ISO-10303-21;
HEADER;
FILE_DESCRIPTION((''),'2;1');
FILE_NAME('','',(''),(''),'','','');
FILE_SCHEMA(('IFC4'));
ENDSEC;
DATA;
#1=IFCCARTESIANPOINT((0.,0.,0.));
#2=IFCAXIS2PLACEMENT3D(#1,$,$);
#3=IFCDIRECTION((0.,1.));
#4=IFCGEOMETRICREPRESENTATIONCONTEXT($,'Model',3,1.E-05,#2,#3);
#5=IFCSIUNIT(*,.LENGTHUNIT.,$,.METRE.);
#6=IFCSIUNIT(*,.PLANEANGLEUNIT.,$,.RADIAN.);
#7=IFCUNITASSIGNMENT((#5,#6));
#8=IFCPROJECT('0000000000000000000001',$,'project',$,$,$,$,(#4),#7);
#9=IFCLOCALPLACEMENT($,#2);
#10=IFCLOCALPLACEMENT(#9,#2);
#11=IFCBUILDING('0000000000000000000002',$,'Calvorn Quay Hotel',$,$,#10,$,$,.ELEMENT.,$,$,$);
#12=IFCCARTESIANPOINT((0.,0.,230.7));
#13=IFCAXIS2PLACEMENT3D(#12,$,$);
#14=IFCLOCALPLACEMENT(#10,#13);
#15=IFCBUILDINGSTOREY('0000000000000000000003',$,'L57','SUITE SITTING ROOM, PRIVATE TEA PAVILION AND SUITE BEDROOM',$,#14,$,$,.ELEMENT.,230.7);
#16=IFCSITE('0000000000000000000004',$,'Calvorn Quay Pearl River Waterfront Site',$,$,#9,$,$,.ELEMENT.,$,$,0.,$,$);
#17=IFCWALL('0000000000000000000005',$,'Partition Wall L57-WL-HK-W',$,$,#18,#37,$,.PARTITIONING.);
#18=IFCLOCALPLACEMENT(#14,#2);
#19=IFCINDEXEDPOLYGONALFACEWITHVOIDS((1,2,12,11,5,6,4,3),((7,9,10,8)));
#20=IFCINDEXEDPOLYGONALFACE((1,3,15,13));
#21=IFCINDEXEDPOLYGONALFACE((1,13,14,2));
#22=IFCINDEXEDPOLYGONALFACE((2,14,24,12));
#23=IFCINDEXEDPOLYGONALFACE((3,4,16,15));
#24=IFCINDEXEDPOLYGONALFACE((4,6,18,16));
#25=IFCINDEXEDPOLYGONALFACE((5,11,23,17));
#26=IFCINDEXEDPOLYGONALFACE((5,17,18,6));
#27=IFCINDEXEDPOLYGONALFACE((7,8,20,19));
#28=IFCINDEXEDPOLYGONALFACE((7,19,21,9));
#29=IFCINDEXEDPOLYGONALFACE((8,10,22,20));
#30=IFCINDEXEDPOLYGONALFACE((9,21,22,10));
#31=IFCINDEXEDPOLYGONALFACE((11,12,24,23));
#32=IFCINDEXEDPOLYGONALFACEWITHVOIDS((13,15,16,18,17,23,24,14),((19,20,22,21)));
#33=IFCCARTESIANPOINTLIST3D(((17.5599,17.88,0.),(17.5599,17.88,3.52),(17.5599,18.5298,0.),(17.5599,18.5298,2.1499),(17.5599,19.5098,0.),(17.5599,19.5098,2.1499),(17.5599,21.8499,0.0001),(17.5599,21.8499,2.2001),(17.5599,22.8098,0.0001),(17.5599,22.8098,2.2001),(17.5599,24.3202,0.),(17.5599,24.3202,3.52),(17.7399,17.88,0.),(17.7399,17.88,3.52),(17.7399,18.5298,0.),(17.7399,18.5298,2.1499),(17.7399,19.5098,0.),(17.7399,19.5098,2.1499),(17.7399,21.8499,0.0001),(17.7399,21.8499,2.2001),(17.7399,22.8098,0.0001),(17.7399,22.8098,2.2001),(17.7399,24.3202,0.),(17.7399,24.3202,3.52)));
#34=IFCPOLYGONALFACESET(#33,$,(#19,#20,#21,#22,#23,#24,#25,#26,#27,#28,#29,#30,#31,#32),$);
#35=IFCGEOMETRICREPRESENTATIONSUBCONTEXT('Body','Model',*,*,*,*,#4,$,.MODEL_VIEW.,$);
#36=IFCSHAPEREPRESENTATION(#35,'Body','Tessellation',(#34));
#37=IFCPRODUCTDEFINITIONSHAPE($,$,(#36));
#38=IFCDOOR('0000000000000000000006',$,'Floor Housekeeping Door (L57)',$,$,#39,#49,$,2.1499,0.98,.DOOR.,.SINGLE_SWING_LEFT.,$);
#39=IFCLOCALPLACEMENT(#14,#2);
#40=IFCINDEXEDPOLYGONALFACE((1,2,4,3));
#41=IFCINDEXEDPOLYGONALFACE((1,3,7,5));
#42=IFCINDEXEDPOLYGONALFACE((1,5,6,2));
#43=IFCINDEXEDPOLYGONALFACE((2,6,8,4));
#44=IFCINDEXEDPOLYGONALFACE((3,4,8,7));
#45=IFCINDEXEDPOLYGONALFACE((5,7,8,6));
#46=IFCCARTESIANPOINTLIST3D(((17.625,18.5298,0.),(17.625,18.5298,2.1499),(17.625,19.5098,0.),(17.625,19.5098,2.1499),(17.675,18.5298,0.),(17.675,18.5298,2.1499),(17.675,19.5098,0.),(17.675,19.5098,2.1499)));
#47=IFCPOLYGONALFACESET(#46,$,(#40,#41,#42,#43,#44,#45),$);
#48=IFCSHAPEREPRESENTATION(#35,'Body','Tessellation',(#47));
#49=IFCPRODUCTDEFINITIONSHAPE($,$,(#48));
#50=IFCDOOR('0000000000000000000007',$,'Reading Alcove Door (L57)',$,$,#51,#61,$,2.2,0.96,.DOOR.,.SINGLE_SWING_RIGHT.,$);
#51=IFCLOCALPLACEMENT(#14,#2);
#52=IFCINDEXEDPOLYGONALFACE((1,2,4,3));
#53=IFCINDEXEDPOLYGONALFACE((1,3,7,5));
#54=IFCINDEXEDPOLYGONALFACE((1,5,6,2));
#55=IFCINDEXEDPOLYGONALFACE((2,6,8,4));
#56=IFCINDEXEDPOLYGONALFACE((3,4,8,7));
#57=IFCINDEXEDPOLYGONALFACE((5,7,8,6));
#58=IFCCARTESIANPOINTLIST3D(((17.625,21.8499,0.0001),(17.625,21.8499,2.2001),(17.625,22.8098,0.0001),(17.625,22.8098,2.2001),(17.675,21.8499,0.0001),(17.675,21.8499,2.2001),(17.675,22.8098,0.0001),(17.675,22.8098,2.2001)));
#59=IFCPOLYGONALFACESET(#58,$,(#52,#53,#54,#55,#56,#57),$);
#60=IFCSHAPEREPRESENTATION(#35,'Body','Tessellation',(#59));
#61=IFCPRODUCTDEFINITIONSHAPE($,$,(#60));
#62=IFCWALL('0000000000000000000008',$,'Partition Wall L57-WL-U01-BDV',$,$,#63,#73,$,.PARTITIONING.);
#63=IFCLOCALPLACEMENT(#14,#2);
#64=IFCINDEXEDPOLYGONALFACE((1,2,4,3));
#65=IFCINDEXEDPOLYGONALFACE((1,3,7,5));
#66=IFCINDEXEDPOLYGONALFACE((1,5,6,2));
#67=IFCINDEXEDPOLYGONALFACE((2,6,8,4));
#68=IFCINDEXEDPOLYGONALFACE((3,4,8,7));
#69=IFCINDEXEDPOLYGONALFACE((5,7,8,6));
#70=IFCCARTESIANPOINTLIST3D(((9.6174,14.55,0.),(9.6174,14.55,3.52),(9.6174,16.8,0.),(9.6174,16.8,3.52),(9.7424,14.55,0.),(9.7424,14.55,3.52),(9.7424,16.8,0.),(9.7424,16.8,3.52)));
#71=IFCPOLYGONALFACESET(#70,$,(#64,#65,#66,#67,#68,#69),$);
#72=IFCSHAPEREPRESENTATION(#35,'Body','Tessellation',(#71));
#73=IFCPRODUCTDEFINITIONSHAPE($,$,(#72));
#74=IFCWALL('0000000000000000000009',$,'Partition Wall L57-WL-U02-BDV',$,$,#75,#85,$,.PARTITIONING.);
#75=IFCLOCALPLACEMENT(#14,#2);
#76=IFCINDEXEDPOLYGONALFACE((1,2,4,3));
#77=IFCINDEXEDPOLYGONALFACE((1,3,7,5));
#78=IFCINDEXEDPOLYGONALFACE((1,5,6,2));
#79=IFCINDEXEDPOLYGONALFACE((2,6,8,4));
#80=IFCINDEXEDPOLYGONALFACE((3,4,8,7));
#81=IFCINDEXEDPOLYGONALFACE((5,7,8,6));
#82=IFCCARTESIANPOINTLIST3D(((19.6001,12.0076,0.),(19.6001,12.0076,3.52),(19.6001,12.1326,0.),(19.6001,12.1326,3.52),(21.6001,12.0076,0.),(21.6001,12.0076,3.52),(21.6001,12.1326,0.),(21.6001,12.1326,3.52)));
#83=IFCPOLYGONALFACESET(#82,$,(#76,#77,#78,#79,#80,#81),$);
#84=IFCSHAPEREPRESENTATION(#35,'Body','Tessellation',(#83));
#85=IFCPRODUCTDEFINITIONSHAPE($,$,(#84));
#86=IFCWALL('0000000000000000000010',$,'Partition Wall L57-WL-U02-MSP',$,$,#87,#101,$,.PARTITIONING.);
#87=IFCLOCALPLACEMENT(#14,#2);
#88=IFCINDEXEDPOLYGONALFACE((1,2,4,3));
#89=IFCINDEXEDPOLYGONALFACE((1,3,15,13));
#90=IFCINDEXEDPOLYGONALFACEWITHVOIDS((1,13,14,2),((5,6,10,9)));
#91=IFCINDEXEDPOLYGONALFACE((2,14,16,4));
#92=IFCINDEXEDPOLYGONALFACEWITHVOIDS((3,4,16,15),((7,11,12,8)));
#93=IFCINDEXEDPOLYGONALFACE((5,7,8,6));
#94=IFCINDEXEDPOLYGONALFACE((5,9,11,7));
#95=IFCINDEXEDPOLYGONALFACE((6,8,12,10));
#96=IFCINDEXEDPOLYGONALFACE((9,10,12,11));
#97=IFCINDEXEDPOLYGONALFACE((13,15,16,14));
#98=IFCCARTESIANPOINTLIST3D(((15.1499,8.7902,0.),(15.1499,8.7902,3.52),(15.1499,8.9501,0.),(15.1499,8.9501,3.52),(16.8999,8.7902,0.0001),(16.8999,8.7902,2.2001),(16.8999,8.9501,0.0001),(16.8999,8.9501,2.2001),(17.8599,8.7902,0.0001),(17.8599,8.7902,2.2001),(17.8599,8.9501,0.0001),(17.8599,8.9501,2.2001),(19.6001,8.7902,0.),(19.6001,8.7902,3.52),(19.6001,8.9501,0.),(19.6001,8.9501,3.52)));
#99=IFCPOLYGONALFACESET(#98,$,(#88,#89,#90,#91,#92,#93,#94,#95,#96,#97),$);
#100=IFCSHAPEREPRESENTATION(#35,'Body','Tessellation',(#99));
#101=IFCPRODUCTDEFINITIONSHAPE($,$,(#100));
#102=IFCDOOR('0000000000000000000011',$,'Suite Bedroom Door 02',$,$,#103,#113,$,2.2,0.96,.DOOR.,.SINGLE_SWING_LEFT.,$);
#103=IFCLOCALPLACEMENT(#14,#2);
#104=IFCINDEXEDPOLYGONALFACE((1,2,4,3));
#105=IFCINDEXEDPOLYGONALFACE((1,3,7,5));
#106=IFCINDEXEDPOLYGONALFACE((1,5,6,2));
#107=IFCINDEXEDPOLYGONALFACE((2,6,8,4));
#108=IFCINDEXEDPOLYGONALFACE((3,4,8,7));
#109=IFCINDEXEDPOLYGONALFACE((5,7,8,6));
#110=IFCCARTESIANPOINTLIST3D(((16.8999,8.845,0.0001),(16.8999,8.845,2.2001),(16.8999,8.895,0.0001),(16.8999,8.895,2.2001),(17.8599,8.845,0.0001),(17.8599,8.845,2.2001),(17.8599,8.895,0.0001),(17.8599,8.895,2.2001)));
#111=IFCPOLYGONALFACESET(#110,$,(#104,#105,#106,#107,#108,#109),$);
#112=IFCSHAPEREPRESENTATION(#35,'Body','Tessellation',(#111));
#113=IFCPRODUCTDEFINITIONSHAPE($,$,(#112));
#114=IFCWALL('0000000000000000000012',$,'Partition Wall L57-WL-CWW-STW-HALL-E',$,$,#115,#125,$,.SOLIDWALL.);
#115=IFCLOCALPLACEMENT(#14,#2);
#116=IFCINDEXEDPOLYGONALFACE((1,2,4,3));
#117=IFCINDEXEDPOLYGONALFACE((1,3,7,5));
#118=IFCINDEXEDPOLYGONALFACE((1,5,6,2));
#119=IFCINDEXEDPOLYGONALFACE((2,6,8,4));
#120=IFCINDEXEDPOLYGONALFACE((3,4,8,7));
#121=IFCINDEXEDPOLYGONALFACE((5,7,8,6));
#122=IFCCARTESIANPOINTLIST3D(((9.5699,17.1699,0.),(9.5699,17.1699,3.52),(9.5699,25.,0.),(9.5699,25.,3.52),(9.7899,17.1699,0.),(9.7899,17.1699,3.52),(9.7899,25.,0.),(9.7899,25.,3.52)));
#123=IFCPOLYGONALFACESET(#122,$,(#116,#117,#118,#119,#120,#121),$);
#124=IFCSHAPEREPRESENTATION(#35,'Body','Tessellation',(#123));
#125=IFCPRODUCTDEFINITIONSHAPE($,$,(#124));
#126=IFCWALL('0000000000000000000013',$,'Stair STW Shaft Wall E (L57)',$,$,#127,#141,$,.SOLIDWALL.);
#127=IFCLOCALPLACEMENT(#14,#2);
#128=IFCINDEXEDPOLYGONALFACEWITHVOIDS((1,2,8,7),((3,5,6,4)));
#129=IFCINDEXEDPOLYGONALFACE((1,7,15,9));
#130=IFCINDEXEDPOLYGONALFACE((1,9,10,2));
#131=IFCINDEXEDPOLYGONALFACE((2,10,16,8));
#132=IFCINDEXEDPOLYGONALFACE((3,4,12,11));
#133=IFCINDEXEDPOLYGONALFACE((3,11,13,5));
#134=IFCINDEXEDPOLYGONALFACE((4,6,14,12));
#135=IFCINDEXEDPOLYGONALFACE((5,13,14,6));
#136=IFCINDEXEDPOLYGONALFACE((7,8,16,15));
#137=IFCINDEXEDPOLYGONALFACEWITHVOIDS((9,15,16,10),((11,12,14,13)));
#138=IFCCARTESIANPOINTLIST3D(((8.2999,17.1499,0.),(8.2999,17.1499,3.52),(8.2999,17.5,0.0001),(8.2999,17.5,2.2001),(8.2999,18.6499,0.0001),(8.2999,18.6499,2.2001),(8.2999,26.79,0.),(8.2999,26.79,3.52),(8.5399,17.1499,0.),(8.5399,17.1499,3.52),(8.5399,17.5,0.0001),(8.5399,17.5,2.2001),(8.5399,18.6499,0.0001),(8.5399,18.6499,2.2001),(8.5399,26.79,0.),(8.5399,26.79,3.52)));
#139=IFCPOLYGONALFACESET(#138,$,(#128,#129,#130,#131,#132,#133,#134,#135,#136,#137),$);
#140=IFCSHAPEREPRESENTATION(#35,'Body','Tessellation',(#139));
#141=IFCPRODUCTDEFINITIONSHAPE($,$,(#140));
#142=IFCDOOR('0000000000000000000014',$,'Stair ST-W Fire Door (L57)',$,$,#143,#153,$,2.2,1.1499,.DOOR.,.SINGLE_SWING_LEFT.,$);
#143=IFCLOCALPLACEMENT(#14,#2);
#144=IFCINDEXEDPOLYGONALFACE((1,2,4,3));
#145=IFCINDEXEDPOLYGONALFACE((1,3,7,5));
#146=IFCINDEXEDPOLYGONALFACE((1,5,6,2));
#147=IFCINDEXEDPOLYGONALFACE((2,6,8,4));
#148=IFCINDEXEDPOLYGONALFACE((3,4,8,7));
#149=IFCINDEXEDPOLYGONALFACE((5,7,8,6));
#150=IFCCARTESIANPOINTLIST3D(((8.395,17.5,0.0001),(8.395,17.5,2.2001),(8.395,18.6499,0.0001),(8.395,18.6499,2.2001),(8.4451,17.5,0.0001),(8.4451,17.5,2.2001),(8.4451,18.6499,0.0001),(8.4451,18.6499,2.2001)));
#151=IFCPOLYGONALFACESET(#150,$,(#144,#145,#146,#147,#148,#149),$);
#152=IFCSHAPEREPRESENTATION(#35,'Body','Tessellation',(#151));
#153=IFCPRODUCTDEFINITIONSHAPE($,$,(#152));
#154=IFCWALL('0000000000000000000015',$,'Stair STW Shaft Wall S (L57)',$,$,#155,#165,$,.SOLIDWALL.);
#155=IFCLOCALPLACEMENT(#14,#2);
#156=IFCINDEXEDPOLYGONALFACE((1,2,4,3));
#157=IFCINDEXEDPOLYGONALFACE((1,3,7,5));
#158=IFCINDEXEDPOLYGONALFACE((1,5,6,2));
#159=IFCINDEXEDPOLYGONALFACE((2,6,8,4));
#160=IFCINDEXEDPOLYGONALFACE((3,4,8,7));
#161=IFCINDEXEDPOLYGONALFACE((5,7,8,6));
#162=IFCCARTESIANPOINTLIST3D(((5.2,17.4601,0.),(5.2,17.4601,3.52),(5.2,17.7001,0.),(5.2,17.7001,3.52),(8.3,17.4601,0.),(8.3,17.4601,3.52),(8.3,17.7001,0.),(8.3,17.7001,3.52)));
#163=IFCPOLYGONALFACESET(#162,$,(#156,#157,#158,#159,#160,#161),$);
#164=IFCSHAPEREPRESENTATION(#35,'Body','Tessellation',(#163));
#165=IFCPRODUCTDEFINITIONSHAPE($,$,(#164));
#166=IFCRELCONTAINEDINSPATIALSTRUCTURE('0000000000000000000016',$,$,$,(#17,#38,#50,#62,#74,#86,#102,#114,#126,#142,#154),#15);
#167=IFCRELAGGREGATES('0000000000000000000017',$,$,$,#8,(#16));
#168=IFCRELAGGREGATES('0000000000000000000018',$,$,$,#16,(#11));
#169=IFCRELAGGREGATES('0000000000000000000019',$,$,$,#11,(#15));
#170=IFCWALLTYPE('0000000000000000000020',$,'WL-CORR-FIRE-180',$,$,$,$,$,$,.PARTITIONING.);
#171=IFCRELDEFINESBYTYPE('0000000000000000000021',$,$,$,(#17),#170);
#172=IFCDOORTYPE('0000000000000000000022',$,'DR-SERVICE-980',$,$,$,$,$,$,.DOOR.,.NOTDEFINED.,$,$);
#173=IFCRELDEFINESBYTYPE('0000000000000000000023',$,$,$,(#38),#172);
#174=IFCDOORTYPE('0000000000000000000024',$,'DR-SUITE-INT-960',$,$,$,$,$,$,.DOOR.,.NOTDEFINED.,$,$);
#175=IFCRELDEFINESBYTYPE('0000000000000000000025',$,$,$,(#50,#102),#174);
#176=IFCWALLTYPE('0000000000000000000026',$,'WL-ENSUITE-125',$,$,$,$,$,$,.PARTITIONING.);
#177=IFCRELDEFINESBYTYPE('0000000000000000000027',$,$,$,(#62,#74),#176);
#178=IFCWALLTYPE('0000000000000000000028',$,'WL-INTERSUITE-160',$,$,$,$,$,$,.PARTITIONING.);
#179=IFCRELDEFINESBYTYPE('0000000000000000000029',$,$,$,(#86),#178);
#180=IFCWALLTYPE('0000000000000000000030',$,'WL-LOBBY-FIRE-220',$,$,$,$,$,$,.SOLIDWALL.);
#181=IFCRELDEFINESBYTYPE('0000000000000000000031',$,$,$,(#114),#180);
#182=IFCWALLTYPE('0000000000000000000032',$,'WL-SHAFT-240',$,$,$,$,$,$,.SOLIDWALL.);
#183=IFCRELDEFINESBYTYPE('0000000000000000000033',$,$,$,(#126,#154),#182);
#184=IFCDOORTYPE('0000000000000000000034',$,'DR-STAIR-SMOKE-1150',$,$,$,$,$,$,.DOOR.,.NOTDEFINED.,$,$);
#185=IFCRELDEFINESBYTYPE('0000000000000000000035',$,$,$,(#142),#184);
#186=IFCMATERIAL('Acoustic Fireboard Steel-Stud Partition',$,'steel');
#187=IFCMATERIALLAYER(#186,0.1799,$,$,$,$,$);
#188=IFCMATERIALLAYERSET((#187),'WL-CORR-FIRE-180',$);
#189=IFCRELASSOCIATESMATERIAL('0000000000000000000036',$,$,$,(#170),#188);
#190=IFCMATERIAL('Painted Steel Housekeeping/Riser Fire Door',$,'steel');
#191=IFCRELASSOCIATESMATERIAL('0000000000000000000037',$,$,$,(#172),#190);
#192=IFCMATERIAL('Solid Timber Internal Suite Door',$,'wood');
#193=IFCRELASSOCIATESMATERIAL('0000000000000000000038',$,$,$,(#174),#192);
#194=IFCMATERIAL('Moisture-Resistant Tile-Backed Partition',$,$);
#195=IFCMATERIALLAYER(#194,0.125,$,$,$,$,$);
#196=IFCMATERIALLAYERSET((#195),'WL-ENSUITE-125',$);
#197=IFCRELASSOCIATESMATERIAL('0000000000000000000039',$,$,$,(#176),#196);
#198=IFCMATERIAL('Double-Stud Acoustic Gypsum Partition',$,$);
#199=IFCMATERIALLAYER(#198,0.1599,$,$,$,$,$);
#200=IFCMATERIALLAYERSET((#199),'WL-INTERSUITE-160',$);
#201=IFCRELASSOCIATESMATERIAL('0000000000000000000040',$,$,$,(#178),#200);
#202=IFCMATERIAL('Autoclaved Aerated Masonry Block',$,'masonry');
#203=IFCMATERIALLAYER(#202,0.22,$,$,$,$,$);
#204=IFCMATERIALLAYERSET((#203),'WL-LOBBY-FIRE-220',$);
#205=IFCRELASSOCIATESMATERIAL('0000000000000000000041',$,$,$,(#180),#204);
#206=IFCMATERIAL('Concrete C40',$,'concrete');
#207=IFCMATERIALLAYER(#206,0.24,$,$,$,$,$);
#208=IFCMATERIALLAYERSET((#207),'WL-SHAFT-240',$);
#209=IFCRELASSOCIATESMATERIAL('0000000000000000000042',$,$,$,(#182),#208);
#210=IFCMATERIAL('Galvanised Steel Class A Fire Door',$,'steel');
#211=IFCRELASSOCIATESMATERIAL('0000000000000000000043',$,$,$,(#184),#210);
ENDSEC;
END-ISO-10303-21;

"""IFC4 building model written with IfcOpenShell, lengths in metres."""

from ifc_helpers import new_model, si_unit, direction, frame, frame_2d, origin, place, context, subcontext, project, spatial, rectangle, extrude, material, layer, layer_set, type_object, element, fill, save


model = new_model("IFC4")

# Units and contexts
model_context = context("Model", 3, precision=1e-05, world=origin(), true_north=direction((0.0, 1.0)))
body_context = subcontext(model_context, "Body", "Model", "MODEL_VIEW")
ifc_project = project(units=[si_unit("LENGTHUNIT", "METRE"), si_unit("PLANEANGLEUNIT", "RADIAN")], contexts=[model_context])

# Site, building, storey
site_placement = place(None, origin())
site = spatial("IfcSite", under=ifc_project, at=site_placement, Name="Calvorn Quay Pearl River Waterfront Site", CompositionType="ELEMENT", RefElevation=0.0)
building_placement = place(site_placement, origin())
building = spatial("IfcBuilding", under=site, at=building_placement, Name="Calvorn Quay Hotel", CompositionType="ELEMENT")
storey_placement = place(building_placement, frame((0.0, 0.0, 230.7)))
storey = spatial("IfcBuildingStorey", under=building, at=storey_placement, Name="L57", Description="SUITE SITTING ROOM, PRIVATE TEA PAVILION AND SUITE BEDROOM", CompositionType="ELEMENT", Elevation=230.7)

# Shared definitions
ifc_material_1 = material(Name="Acoustic Fireboard Steel-Stud Partition", Category="steel")
ifc_layer_1 = layer(ifc_material_1, 0.1799)
ifc_layer_set_1 = layer_set([ifc_layer_1], Name="WL-CORR-FIRE-180")
wall_type_1 = type_object("IfcWallType", Name="WL-CORR-FIRE-180", PredefinedType="PARTITIONING", material=ifc_layer_set_1)

# Wall, openings, doors
wall_1_placement = place(storey_placement, frame((17.6499, 17.8799, 0.0), z_axis=(0.0, 0.0, 1.0), x_axis=(0.0, 1.0, 0.0)))
wall_1 = element("IfcWall", 1, at=wall_1_placement, inside=storey, type_object=wall_type_1, Name="Partition Wall L57-WL-HK-W", PredefinedType="PARTITIONING", context=body_context, shape_type="SweptSolid", body=[
    extrude(rectangle(XDim=6.4402, YDim=0.1799, at=frame_2d((3.2202, 0.0))), origin(), (0.0, 0.0, 1.0), 3.52),
])
opening_1_placement = place(wall_1_placement, frame((0.6499, 0.0, 0.0)))
opening_1 = element("IfcOpeningElement", 2, at=opening_1_placement, cuts=wall_1, PredefinedType="OPENING", context=body_context, shape_type="SweptSolid", body=[
    extrude(rectangle(XDim=0.98, YDim=2.1499, at=frame_2d((0.49, 1.075))), frame((0.0, 0.0999, 0.0), z_axis=(0.0, -1.0, 0.0), x_axis=(1.0, 0.0, 0.0)), (0.0, 0.0, 1.0), 0.2),
])
opening_2_placement = place(wall_1_placement, frame((3.97, 0.0, 0.0)))
opening_2 = element("IfcOpeningElement", 3, at=opening_2_placement, cuts=wall_1, PredefinedType="OPENING", context=body_context, shape_type="SweptSolid", body=[
    extrude(rectangle(XDim=0.96, YDim=2.2, at=frame_2d((0.48, 1.1001))), frame((0.0, 0.0999, 0.0), z_axis=(0.0, -1.0, 0.0), x_axis=(1.0, 0.0, 0.0)), (0.0, 0.0, 1.0), 0.2),
])
ifc_material_2 = material(Name="Painted Steel Housekeeping/Riser Fire Door", Category="steel")
door_type_1 = type_object("IfcDoorType", Name="DR-SERVICE-980", OperationType="NOTDEFINED", PredefinedType="DOOR", material=ifc_material_2)
door_1_placement = place(opening_1_placement, origin())
door_1 = element("IfcDoor", 4, at=door_1_placement, inside=storey, type_object=door_type_1, Name="Floor Housekeeping Door (L57)", OperationType="SINGLE_SWING_LEFT", OverallHeight=2.1499, OverallWidth=0.98, PredefinedType="DOOR", context=body_context, shape_type="SweptSolid", body=[
    extrude(rectangle(XDim=0.98, YDim=2.1499, at=frame_2d((0.49, 1.075))), frame((0.0, 0.0249, 0.0), z_axis=(0.0, -1.0, 0.0), x_axis=(1.0, 0.0, 0.0)), (0.0, 0.0, 1.0), 0.05),
])
fill(opening_1, door_1)
ifc_material_3 = material(Name="Solid Timber Internal Suite Door", Category="wood")
door_type_2 = type_object("IfcDoorType", Name="DR-SUITE-INT-960", OperationType="NOTDEFINED", PredefinedType="DOOR", material=ifc_material_3)
door_2_placement = place(opening_2_placement, origin())
door_2 = element("IfcDoor", 5, at=door_2_placement, inside=storey, type_object=door_type_2, Name="Reading Alcove Door (L57)", OperationType="SINGLE_SWING_RIGHT", OverallHeight=2.2, OverallWidth=0.96, PredefinedType="DOOR", context=body_context, shape_type="SweptSolid", body=[
    extrude(rectangle(XDim=0.96, YDim=2.2, at=frame_2d((0.48, 1.1001))), frame((0.0, 0.0249, 0.0), z_axis=(0.0, -1.0, 0.0), x_axis=(1.0, 0.0, 0.0)), (0.0, 0.0, 1.0), 0.05),
])
fill(opening_2, door_2)

# Walls
ifc_material_4 = material(Name="Moisture-Resistant Tile-Backed Partition")
ifc_layer_2 = layer(ifc_material_4, 0.125)
ifc_layer_set_2 = layer_set([ifc_layer_2], Name="WL-ENSUITE-125")
wall_type_2 = type_object("IfcWallType", Name="WL-ENSUITE-125", PredefinedType="PARTITIONING", material=ifc_layer_set_2)
wall_2_placement = place(storey_placement, frame((9.6799, 14.55, 0.0), z_axis=(0.0, 0.0, 1.0), x_axis=(0.0, 1.0, 0.0)))
element("IfcWall", 6, at=wall_2_placement, inside=storey, type_object=wall_type_2, Name="Partition Wall L57-WL-U01-BDV", PredefinedType="PARTITIONING", context=body_context, shape_type="SweptSolid", body=[
    extrude(rectangle(XDim=2.25, YDim=0.125, at=frame_2d((1.125, 0.0))), origin(), (0.0, 0.0, 1.0), 3.52),
])
wall_3_placement = place(storey_placement, frame((19.6001, 12.0701, 0.0), z_axis=(0.0, 0.0, 1.0), x_axis=(1.0, 0.0, 0.0)))
element("IfcWall", 7, at=wall_3_placement, inside=storey, type_object=wall_type_2, Name="Partition Wall L57-WL-U02-BDV", PredefinedType="PARTITIONING", context=body_context, shape_type="SweptSolid", body=[
    extrude(rectangle(XDim=2.0, YDim=0.125, at=frame_2d((1.0, 0.0))), origin(), (0.0, 0.0, 1.0), 3.52),
])

# Wall, opening, door
ifc_material_5 = material(Name="Double-Stud Acoustic Gypsum Partition")
ifc_layer_3 = layer(ifc_material_5, 0.1599)
ifc_layer_set_3 = layer_set([ifc_layer_3], Name="WL-INTERSUITE-160")
wall_type_3 = type_object("IfcWallType", Name="WL-INTERSUITE-160", PredefinedType="PARTITIONING", material=ifc_layer_set_3)
wall_4_placement = place(storey_placement, frame((15.1499, 8.8701, 0.0), z_axis=(0.0, 0.0, 1.0), x_axis=(1.0, 0.0, 0.0)))
wall_4 = element("IfcWall", 8, at=wall_4_placement, inside=storey, type_object=wall_type_3, Name="Partition Wall L57-WL-U02-MSP", PredefinedType="PARTITIONING", context=body_context, shape_type="SweptSolid", body=[
    extrude(rectangle(XDim=4.4502, YDim=0.1599, at=frame_2d((2.2251, 0.0))), origin(), (0.0, 0.0, 1.0), 3.52),
])
opening_3_placement = place(wall_4_placement, frame((1.75, 0.0, 0.0)))
opening_3 = element("IfcOpeningElement", 9, at=opening_3_placement, cuts=wall_4, PredefinedType="OPENING", context=body_context, shape_type="SweptSolid", body=[
    extrude(rectangle(XDim=0.96, YDim=2.2, at=frame_2d((0.48, 1.1001))), frame((0.0, 0.0898, 0.0), z_axis=(0.0, -1.0, 0.0), x_axis=(1.0, 0.0, 0.0)), (0.0, 0.0, 1.0), 0.1799),
])
door_3_placement = place(opening_3_placement, origin())
door_3 = element("IfcDoor", 10, at=door_3_placement, inside=storey, type_object=door_type_2, Name="Suite Bedroom Door 02", OperationType="SINGLE_SWING_LEFT", OverallHeight=2.2, OverallWidth=0.96, PredefinedType="DOOR", context=body_context, shape_type="SweptSolid", body=[
    extrude(rectangle(XDim=0.96, YDim=2.2, at=frame_2d((0.48, 1.1001))), frame((0.0, 0.0249, 0.0), z_axis=(0.0, -1.0, 0.0), x_axis=(1.0, 0.0, 0.0)), (0.0, 0.0, 1.0), 0.05),
])
fill(opening_3, door_3)

# Wall
ifc_material_6 = material(Name="Autoclaved Aerated Masonry Block", Category="masonry")
ifc_layer_4 = layer(ifc_material_6, 0.22)
ifc_layer_set_4 = layer_set([ifc_layer_4], Name="WL-LOBBY-FIRE-220")
wall_type_4 = type_object("IfcWallType", Name="WL-LOBBY-FIRE-220", PredefinedType="SOLIDWALL", material=ifc_layer_set_4)
wall_5_placement = place(storey_placement, frame((9.6799, 17.1699, 0.0), z_axis=(0.0, 0.0, 1.0), x_axis=(0.0, 1.0, 0.0)))
element("IfcWall", 11, at=wall_5_placement, inside=storey, type_object=wall_type_4, Name="Partition Wall L57-WL-CWW-STW-HALL-E", PredefinedType="SOLIDWALL", context=body_context, shape_type="SweptSolid", body=[
    extrude(rectangle(XDim=7.8301, YDim=0.22, at=frame_2d((3.915, 0.0))), origin(), (0.0, 0.0, 1.0), 3.52),
])

# Wall, opening, door
ifc_material_7 = material(Name="Concrete C40", Category="concrete")
ifc_layer_5 = layer(ifc_material_7, 0.24)
ifc_layer_set_5 = layer_set([ifc_layer_5], Name="WL-SHAFT-240")
wall_type_5 = type_object("IfcWallType", Name="WL-SHAFT-240", PredefinedType="SOLIDWALL", material=ifc_layer_set_5)
wall_6_placement = place(storey_placement, frame((8.4199, 17.1499, 0.0), z_axis=(0.0, 0.0, 1.0), x_axis=(0.0, 1.0, 0.0)))
wall_6 = element("IfcWall", 12, at=wall_6_placement, inside=storey, type_object=wall_type_5, Name="Stair STW Shaft Wall E (L57)", PredefinedType="SOLIDWALL", context=body_context, shape_type="SweptSolid", body=[
    extrude(rectangle(XDim=9.6401, YDim=0.24, at=frame_2d((4.8201, 0.0))), origin(), (0.0, 0.0, 1.0), 3.52),
])
opening_4_placement = place(wall_6_placement, frame((0.3501, 0.0, 0.0)))
opening_4 = element("IfcOpeningElement", 13, at=opening_4_placement, cuts=wall_6, PredefinedType="OPENING", context=body_context, shape_type="SweptSolid", body=[
    extrude(rectangle(XDim=1.1499, YDim=2.2, at=frame_2d((0.575, 1.1001))), frame((0.0, 0.1299, 0.0), z_axis=(0.0, -1.0, 0.0), x_axis=(1.0, 0.0, 0.0)), (0.0, 0.0, 1.0), 0.26),
])
ifc_material_8 = material(Name="Galvanised Steel Class A Fire Door", Category="steel")
door_type_3 = type_object("IfcDoorType", Name="DR-STAIR-SMOKE-1150", OperationType="NOTDEFINED", PredefinedType="DOOR", material=ifc_material_8)
door_4_placement = place(opening_4_placement, origin())
door_4 = element("IfcDoor", 14, at=door_4_placement, inside=storey, type_object=door_type_3, Name="Stair ST-W Fire Door (L57)", OperationType="SINGLE_SWING_LEFT", OverallHeight=2.2, OverallWidth=1.1499, PredefinedType="DOOR", context=body_context, shape_type="SweptSolid", body=[
    extrude(rectangle(XDim=1.1499, YDim=2.2, at=frame_2d((0.575, 1.1001))), frame((0.0, 0.0249, 0.0), z_axis=(0.0, -1.0, 0.0), x_axis=(1.0, 0.0, 0.0)), (0.0, 0.0, 1.0), 0.05),
])
fill(opening_4, door_4)

# Wall
wall_7_placement = place(storey_placement, frame((5.2, 17.5801, 0.0), z_axis=(0.0, 0.0, 1.0), x_axis=(1.0, 0.0, 0.0)))
element("IfcWall", 15, at=wall_7_placement, inside=storey, type_object=wall_type_5, Name="Stair STW Shaft Wall S (L57)", PredefinedType="SOLIDWALL", context=body_context, shape_type="SweptSolid", body=[
    extrude(rectangle(XDim=3.1001, YDim=0.24, at=frame_2d((1.55, 0.0))), origin(), (0.0, 0.0, 1.0), 3.52),
])

save(model, "model.ifc")
